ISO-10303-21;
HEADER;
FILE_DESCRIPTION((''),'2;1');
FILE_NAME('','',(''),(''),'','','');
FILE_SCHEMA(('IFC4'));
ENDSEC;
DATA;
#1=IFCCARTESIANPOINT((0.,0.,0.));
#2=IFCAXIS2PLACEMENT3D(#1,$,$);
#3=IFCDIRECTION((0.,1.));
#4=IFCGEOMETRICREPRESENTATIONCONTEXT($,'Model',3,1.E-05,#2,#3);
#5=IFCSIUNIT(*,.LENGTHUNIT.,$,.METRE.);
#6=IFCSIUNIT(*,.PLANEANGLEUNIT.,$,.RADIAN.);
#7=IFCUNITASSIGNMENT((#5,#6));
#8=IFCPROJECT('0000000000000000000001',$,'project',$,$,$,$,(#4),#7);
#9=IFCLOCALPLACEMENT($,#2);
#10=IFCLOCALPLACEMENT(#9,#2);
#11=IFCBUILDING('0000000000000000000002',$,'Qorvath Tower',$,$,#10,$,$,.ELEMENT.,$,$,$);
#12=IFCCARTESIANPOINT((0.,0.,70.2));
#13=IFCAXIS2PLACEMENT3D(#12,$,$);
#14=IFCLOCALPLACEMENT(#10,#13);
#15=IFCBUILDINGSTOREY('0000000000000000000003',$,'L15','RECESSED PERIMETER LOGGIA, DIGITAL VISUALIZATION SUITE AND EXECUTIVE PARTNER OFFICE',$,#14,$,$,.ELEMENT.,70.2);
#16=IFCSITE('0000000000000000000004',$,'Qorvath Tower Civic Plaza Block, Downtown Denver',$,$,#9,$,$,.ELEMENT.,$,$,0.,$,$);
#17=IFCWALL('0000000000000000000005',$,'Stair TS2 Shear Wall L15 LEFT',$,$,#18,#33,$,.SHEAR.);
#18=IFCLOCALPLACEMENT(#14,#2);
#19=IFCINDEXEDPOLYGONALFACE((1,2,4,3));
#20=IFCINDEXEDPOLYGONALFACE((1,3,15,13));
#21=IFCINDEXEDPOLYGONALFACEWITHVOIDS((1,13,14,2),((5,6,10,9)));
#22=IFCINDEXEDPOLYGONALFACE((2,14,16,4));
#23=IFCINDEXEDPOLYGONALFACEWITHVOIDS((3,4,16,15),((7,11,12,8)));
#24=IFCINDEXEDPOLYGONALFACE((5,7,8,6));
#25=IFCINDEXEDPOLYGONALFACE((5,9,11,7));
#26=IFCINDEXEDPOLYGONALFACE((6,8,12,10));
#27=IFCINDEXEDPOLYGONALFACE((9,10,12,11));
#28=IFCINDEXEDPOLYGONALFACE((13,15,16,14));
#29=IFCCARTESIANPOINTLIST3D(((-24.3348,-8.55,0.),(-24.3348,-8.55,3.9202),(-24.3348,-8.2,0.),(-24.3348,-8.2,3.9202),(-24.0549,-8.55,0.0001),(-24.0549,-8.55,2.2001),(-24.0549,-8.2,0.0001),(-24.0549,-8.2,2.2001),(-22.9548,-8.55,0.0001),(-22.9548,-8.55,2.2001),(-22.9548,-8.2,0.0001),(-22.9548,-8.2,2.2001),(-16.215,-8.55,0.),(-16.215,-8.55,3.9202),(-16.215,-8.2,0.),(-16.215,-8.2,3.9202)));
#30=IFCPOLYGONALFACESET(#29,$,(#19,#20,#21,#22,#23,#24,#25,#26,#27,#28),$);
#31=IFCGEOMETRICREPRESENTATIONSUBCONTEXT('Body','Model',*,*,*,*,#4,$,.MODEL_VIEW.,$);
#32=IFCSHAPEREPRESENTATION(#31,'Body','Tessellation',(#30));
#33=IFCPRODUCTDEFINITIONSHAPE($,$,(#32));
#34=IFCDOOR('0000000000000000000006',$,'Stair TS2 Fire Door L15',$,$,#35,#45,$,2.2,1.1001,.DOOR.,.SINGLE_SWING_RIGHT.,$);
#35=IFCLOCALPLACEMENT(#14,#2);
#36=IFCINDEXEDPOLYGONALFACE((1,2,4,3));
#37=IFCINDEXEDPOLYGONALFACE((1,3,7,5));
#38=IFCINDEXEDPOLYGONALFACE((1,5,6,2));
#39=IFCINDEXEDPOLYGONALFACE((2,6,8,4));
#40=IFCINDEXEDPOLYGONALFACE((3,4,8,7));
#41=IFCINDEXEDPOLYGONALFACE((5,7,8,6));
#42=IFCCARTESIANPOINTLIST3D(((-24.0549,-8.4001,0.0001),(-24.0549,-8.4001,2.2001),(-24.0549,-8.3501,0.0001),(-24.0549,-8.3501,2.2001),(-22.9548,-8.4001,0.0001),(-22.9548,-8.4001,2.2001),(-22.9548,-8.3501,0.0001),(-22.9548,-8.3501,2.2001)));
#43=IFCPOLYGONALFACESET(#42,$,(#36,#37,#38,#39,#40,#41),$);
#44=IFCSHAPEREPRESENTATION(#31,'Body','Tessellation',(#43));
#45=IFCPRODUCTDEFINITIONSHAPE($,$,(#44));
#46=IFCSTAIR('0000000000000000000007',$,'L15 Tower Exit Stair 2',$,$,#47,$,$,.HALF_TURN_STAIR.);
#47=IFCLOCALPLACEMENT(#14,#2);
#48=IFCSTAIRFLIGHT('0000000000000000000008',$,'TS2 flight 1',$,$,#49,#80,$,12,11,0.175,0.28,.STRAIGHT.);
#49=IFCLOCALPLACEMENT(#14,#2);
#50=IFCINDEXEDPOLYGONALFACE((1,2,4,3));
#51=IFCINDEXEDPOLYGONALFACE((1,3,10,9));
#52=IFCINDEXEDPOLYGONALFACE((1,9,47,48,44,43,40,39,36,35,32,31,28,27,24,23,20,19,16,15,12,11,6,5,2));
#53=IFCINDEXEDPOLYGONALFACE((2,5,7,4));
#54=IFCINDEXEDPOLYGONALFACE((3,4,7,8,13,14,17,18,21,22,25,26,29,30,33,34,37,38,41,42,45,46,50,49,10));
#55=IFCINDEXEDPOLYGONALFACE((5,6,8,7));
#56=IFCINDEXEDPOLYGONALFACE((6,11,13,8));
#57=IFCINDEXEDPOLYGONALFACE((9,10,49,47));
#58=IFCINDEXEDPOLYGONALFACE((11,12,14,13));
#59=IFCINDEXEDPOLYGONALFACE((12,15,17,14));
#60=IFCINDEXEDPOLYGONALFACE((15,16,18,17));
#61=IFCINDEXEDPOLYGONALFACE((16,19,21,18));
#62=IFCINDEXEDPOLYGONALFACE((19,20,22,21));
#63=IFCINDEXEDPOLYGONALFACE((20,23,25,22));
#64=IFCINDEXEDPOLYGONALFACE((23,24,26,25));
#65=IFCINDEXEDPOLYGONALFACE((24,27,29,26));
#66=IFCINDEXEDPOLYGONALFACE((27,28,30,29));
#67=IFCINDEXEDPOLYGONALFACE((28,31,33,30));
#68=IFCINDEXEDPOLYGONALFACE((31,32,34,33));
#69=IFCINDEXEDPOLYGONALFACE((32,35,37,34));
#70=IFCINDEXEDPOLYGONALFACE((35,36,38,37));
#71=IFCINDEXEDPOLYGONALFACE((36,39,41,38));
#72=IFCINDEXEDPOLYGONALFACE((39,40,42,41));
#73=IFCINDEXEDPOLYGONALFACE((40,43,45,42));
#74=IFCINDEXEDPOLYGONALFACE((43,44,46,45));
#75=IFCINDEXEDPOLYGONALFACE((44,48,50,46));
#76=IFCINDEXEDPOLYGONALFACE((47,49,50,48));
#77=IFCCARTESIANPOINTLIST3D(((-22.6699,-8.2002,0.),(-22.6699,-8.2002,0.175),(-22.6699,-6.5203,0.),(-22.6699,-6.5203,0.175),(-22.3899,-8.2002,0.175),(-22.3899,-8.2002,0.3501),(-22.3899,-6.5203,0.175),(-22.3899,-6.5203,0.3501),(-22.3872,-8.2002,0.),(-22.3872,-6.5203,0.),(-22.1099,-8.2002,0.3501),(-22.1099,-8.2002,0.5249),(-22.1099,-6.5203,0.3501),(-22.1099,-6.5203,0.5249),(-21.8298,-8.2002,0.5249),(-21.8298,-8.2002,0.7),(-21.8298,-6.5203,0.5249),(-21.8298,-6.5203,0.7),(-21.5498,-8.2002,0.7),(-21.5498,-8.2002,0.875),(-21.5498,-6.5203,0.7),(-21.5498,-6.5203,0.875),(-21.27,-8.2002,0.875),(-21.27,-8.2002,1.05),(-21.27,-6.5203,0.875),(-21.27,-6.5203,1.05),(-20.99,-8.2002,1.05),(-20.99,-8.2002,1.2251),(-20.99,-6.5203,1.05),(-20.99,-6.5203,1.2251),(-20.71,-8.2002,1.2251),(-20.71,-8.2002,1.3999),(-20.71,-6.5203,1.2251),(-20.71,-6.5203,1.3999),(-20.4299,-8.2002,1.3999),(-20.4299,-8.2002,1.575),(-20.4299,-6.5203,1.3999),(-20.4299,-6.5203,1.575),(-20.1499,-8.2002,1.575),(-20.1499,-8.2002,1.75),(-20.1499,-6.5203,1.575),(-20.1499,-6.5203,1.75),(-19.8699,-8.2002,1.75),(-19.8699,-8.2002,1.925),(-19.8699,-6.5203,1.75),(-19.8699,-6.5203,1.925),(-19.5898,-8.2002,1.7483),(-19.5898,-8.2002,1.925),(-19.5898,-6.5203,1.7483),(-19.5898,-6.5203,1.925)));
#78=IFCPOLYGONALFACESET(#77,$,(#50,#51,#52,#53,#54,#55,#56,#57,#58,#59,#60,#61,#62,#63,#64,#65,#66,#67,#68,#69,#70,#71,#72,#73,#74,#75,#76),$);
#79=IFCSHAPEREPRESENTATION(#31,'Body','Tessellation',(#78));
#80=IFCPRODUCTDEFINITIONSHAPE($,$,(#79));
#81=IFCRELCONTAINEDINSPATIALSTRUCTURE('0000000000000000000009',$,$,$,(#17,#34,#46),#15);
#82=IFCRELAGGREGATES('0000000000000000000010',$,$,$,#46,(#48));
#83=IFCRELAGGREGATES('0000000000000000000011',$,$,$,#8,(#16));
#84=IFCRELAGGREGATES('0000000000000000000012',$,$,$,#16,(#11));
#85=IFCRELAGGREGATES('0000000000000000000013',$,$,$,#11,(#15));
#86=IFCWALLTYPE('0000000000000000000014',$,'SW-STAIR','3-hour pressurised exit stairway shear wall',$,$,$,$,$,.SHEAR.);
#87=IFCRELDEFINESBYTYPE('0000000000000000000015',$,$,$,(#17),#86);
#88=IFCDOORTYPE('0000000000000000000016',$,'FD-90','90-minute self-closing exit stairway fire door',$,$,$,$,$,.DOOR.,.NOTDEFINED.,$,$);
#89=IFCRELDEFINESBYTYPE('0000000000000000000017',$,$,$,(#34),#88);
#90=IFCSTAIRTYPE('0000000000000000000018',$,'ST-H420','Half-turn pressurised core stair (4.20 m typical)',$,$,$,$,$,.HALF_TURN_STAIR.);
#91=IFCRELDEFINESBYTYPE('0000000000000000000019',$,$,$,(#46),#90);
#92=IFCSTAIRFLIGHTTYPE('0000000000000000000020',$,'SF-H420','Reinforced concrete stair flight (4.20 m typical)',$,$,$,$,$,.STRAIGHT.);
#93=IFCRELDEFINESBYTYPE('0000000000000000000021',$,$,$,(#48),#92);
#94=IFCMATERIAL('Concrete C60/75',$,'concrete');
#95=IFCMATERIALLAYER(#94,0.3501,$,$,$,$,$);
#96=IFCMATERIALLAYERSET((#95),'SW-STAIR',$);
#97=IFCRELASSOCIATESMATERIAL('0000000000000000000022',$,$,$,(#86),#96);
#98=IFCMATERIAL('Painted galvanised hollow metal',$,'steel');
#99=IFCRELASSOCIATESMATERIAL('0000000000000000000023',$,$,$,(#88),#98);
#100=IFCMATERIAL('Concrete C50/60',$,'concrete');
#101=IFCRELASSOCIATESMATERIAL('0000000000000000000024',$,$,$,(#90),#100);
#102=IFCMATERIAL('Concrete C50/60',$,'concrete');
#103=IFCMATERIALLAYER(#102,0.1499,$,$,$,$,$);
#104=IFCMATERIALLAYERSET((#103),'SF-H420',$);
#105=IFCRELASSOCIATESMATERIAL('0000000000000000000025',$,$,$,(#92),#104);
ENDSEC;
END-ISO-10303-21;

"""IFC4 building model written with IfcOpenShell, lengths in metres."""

from ifc_helpers import new_model, si_unit, direction, frame, frame_2d, origin, place, context, subcontext, project, spatial, polyline, rectangle, outline, extrude, material, layer, layer_set, type_object, element, fill, aggregate, save


model = new_model("IFC4")

# Units and contexts
model_context = context("Model", 3, precision=1e-05, world=origin(), true_north=direction((0.0, 1.0)))
body_context = subcontext(model_context, "Body", "Model", "MODEL_VIEW")
ifc_project = project(units=[si_unit("LENGTHUNIT", "METRE"), si_unit("PLANEANGLEUNIT", "RADIAN")], contexts=[model_context])

# Site, building, storey
site_placement = place(None, origin())
site = spatial("IfcSite", under=ifc_project, at=site_placement, Name="Qorvath Tower Civic Plaza Block, Downtown Denver", CompositionType="ELEMENT", RefElevation=0.0)
building_placement = place(site_placement, origin())
building = spatial("IfcBuilding", under=site, at=building_placement, Name="Qorvath Tower", CompositionType="ELEMENT")
storey_placement = place(building_placement, frame((0.0, 0.0, 70.2)))
storey = spatial("IfcBuildingStorey", under=building, at=storey_placement, Name="L15", Description="RECESSED PERIMETER LOGGIA, DIGITAL VISUALIZATION SUITE AND EXECUTIVE PARTNER OFFICE", CompositionType="ELEMENT", Elevation=70.2)

# Shared definitions
ifc_material_1 = material(Name="Concrete C60/75", Category="concrete")
ifc_layer_1 = layer(ifc_material_1, 0.3501)
ifc_layer_set_1 = layer_set([ifc_layer_1], Name="SW-STAIR")
wall_type_1 = type_object("IfcWallType", Name="SW-STAIR", Description="3-hour pressurised exit stairway shear wall", PredefinedType="SHEAR", material=ifc_layer_set_1)

# Wall, opening, door
wall_1_placement = place(storey_placement, frame((-24.335, -8.375, 0.0), z_axis=(0.0, 0.0, 1.0), x_axis=(1.0, 0.0, 0.0)))
wall_1 = element("IfcWall", 1, at=wall_1_placement, inside=storey, type_object=wall_type_1, Name="Stair TS2 Shear Wall L15 LEFT", PredefinedType="SHEAR", context=body_context, shape_type="SweptSolid", body=[
    extrude(rectangle(XDim=8.1199, YDim=0.3501, at=frame_2d((4.0601, 0.0))), origin(), (0.0, 0.0, 1.0), 3.9202),
])
opening_1_placement = place(wall_1_placement, frame((0.28, 0.0, 0.0)))
opening_1 = element("IfcOpeningElement", 2, at=opening_1_placement, cuts=wall_1, PredefinedType="OPENING", context=body_context, shape_type="SweptSolid", body=[
    extrude(rectangle(XDim=1.1001, YDim=2.2, at=frame_2d((0.55, 1.1001))), frame((0.0, 0.1851, 0.0), z_axis=(0.0, -1.0, 0.0), x_axis=(1.0, 0.0, 0.0)), (0.0, 0.0, 1.0), 0.3701),
])
ifc_material_2 = material(Name="Painted galvanised hollow metal", Category="steel")
door_type_1 = type_object("IfcDoorType", Name="FD-90", Description="90-minute self-closing exit stairway fire door", OperationType="NOTDEFINED", PredefinedType="DOOR", material=ifc_material_2)
door_1_placement = place(opening_1_placement, origin())
door_1 = element("IfcDoor", 3, at=door_1_placement, inside=storey, type_object=door_type_1, Name="Stair TS2 Fire Door L15", OperationType="SINGLE_SWING_RIGHT", OverallHeight=2.2, OverallWidth=1.1001, PredefinedType="DOOR", context=body_context, shape_type="SweptSolid", body=[
    extrude(rectangle(XDim=1.1001, YDim=2.2, at=frame_2d((0.55, 1.1001))), frame((0.0, 0.0249, 0.0), z_axis=(0.0, -1.0, 0.0), x_axis=(1.0, 0.0, 0.0)), (0.0, 0.0, 1.0), 0.05),
])
fill(opening_1, door_1)

# Stair, stair flight
ifc_material_3 = material(Name="Concrete C50/60", Category="concrete")
stair_type = type_object("IfcStairType", Name="ST-H420", Description="Half-turn pressurised core stair (4.20 m typical)", PredefinedType="HALF_TURN_STAIR", material=ifc_material_3)
stair_placement = place(storey_placement, origin())
stair = element("IfcStair", 4, at=stair_placement, inside=storey, type_object=stair_type, Name="L15 Tower Exit Stair 2", PredefinedType="HALF_TURN_STAIR")
ifc_material_4 = material(Name="Concrete C50/60", Category="concrete")
ifc_layer_2 = layer(ifc_material_4, 0.1499)
ifc_layer_set_2 = layer_set([ifc_layer_2], Name="SF-H420")
stair_flight_type = type_object("IfcStairFlightType", Name="SF-H420", Description="Reinforced concrete stair flight (4.20 m typical)", PredefinedType="STRAIGHT", material=ifc_layer_set_2)
stair_flight_placement = place(storey_placement, frame((-22.6699, -7.3601, 0.0), z_axis=(0.0, 0.0, 1.0), x_axis=(1.0, 0.0, 0.0)))
stair_flight = element("IfcStairFlight", 5, at=stair_flight_placement, type_object=stair_flight_type, Name="TS2 flight 1", NumberOfRisers=12, NumberOfTreads=11, PredefinedType="STRAIGHT", RiserHeight=0.175, TreadLength=0.28, context=body_context, shape_type="SweptSolid", body=[
    extrude(outline(polyline([(0.0, 0.0), (0.0, 0.175), (0.28, 0.175), (0.28, 0.3501), (0.5601, 0.3501), (0.5601, 0.5249), (0.8401, 0.5249), (0.8401, 0.7), (1.1201, 0.7), (1.1201, 0.875), (1.3999, 0.875), (1.3999, 1.05), (1.6799, 1.05), (1.6799, 1.2251), (1.96, 1.2251), (1.96, 1.3999), (2.24, 1.3999), (2.24, 1.575), (2.52, 1.575), (2.52, 1.75), (2.8, 1.75), (2.8, 1.925), (3.0801, 1.925), (3.0801, 2.1001), (3.0801, 1.7483), (0.2827, 0.0), (0.0, 0.0)])), frame((0.0, 0.8398, 0.0), z_axis=(0.0, -1.0, 0.0), x_axis=(1.0, 0.0, 0.0)), (0.0, 0.0, 1.0), 1.6799),
])
aggregate(stair, [stair_flight])

save(model, "model.ifc")
